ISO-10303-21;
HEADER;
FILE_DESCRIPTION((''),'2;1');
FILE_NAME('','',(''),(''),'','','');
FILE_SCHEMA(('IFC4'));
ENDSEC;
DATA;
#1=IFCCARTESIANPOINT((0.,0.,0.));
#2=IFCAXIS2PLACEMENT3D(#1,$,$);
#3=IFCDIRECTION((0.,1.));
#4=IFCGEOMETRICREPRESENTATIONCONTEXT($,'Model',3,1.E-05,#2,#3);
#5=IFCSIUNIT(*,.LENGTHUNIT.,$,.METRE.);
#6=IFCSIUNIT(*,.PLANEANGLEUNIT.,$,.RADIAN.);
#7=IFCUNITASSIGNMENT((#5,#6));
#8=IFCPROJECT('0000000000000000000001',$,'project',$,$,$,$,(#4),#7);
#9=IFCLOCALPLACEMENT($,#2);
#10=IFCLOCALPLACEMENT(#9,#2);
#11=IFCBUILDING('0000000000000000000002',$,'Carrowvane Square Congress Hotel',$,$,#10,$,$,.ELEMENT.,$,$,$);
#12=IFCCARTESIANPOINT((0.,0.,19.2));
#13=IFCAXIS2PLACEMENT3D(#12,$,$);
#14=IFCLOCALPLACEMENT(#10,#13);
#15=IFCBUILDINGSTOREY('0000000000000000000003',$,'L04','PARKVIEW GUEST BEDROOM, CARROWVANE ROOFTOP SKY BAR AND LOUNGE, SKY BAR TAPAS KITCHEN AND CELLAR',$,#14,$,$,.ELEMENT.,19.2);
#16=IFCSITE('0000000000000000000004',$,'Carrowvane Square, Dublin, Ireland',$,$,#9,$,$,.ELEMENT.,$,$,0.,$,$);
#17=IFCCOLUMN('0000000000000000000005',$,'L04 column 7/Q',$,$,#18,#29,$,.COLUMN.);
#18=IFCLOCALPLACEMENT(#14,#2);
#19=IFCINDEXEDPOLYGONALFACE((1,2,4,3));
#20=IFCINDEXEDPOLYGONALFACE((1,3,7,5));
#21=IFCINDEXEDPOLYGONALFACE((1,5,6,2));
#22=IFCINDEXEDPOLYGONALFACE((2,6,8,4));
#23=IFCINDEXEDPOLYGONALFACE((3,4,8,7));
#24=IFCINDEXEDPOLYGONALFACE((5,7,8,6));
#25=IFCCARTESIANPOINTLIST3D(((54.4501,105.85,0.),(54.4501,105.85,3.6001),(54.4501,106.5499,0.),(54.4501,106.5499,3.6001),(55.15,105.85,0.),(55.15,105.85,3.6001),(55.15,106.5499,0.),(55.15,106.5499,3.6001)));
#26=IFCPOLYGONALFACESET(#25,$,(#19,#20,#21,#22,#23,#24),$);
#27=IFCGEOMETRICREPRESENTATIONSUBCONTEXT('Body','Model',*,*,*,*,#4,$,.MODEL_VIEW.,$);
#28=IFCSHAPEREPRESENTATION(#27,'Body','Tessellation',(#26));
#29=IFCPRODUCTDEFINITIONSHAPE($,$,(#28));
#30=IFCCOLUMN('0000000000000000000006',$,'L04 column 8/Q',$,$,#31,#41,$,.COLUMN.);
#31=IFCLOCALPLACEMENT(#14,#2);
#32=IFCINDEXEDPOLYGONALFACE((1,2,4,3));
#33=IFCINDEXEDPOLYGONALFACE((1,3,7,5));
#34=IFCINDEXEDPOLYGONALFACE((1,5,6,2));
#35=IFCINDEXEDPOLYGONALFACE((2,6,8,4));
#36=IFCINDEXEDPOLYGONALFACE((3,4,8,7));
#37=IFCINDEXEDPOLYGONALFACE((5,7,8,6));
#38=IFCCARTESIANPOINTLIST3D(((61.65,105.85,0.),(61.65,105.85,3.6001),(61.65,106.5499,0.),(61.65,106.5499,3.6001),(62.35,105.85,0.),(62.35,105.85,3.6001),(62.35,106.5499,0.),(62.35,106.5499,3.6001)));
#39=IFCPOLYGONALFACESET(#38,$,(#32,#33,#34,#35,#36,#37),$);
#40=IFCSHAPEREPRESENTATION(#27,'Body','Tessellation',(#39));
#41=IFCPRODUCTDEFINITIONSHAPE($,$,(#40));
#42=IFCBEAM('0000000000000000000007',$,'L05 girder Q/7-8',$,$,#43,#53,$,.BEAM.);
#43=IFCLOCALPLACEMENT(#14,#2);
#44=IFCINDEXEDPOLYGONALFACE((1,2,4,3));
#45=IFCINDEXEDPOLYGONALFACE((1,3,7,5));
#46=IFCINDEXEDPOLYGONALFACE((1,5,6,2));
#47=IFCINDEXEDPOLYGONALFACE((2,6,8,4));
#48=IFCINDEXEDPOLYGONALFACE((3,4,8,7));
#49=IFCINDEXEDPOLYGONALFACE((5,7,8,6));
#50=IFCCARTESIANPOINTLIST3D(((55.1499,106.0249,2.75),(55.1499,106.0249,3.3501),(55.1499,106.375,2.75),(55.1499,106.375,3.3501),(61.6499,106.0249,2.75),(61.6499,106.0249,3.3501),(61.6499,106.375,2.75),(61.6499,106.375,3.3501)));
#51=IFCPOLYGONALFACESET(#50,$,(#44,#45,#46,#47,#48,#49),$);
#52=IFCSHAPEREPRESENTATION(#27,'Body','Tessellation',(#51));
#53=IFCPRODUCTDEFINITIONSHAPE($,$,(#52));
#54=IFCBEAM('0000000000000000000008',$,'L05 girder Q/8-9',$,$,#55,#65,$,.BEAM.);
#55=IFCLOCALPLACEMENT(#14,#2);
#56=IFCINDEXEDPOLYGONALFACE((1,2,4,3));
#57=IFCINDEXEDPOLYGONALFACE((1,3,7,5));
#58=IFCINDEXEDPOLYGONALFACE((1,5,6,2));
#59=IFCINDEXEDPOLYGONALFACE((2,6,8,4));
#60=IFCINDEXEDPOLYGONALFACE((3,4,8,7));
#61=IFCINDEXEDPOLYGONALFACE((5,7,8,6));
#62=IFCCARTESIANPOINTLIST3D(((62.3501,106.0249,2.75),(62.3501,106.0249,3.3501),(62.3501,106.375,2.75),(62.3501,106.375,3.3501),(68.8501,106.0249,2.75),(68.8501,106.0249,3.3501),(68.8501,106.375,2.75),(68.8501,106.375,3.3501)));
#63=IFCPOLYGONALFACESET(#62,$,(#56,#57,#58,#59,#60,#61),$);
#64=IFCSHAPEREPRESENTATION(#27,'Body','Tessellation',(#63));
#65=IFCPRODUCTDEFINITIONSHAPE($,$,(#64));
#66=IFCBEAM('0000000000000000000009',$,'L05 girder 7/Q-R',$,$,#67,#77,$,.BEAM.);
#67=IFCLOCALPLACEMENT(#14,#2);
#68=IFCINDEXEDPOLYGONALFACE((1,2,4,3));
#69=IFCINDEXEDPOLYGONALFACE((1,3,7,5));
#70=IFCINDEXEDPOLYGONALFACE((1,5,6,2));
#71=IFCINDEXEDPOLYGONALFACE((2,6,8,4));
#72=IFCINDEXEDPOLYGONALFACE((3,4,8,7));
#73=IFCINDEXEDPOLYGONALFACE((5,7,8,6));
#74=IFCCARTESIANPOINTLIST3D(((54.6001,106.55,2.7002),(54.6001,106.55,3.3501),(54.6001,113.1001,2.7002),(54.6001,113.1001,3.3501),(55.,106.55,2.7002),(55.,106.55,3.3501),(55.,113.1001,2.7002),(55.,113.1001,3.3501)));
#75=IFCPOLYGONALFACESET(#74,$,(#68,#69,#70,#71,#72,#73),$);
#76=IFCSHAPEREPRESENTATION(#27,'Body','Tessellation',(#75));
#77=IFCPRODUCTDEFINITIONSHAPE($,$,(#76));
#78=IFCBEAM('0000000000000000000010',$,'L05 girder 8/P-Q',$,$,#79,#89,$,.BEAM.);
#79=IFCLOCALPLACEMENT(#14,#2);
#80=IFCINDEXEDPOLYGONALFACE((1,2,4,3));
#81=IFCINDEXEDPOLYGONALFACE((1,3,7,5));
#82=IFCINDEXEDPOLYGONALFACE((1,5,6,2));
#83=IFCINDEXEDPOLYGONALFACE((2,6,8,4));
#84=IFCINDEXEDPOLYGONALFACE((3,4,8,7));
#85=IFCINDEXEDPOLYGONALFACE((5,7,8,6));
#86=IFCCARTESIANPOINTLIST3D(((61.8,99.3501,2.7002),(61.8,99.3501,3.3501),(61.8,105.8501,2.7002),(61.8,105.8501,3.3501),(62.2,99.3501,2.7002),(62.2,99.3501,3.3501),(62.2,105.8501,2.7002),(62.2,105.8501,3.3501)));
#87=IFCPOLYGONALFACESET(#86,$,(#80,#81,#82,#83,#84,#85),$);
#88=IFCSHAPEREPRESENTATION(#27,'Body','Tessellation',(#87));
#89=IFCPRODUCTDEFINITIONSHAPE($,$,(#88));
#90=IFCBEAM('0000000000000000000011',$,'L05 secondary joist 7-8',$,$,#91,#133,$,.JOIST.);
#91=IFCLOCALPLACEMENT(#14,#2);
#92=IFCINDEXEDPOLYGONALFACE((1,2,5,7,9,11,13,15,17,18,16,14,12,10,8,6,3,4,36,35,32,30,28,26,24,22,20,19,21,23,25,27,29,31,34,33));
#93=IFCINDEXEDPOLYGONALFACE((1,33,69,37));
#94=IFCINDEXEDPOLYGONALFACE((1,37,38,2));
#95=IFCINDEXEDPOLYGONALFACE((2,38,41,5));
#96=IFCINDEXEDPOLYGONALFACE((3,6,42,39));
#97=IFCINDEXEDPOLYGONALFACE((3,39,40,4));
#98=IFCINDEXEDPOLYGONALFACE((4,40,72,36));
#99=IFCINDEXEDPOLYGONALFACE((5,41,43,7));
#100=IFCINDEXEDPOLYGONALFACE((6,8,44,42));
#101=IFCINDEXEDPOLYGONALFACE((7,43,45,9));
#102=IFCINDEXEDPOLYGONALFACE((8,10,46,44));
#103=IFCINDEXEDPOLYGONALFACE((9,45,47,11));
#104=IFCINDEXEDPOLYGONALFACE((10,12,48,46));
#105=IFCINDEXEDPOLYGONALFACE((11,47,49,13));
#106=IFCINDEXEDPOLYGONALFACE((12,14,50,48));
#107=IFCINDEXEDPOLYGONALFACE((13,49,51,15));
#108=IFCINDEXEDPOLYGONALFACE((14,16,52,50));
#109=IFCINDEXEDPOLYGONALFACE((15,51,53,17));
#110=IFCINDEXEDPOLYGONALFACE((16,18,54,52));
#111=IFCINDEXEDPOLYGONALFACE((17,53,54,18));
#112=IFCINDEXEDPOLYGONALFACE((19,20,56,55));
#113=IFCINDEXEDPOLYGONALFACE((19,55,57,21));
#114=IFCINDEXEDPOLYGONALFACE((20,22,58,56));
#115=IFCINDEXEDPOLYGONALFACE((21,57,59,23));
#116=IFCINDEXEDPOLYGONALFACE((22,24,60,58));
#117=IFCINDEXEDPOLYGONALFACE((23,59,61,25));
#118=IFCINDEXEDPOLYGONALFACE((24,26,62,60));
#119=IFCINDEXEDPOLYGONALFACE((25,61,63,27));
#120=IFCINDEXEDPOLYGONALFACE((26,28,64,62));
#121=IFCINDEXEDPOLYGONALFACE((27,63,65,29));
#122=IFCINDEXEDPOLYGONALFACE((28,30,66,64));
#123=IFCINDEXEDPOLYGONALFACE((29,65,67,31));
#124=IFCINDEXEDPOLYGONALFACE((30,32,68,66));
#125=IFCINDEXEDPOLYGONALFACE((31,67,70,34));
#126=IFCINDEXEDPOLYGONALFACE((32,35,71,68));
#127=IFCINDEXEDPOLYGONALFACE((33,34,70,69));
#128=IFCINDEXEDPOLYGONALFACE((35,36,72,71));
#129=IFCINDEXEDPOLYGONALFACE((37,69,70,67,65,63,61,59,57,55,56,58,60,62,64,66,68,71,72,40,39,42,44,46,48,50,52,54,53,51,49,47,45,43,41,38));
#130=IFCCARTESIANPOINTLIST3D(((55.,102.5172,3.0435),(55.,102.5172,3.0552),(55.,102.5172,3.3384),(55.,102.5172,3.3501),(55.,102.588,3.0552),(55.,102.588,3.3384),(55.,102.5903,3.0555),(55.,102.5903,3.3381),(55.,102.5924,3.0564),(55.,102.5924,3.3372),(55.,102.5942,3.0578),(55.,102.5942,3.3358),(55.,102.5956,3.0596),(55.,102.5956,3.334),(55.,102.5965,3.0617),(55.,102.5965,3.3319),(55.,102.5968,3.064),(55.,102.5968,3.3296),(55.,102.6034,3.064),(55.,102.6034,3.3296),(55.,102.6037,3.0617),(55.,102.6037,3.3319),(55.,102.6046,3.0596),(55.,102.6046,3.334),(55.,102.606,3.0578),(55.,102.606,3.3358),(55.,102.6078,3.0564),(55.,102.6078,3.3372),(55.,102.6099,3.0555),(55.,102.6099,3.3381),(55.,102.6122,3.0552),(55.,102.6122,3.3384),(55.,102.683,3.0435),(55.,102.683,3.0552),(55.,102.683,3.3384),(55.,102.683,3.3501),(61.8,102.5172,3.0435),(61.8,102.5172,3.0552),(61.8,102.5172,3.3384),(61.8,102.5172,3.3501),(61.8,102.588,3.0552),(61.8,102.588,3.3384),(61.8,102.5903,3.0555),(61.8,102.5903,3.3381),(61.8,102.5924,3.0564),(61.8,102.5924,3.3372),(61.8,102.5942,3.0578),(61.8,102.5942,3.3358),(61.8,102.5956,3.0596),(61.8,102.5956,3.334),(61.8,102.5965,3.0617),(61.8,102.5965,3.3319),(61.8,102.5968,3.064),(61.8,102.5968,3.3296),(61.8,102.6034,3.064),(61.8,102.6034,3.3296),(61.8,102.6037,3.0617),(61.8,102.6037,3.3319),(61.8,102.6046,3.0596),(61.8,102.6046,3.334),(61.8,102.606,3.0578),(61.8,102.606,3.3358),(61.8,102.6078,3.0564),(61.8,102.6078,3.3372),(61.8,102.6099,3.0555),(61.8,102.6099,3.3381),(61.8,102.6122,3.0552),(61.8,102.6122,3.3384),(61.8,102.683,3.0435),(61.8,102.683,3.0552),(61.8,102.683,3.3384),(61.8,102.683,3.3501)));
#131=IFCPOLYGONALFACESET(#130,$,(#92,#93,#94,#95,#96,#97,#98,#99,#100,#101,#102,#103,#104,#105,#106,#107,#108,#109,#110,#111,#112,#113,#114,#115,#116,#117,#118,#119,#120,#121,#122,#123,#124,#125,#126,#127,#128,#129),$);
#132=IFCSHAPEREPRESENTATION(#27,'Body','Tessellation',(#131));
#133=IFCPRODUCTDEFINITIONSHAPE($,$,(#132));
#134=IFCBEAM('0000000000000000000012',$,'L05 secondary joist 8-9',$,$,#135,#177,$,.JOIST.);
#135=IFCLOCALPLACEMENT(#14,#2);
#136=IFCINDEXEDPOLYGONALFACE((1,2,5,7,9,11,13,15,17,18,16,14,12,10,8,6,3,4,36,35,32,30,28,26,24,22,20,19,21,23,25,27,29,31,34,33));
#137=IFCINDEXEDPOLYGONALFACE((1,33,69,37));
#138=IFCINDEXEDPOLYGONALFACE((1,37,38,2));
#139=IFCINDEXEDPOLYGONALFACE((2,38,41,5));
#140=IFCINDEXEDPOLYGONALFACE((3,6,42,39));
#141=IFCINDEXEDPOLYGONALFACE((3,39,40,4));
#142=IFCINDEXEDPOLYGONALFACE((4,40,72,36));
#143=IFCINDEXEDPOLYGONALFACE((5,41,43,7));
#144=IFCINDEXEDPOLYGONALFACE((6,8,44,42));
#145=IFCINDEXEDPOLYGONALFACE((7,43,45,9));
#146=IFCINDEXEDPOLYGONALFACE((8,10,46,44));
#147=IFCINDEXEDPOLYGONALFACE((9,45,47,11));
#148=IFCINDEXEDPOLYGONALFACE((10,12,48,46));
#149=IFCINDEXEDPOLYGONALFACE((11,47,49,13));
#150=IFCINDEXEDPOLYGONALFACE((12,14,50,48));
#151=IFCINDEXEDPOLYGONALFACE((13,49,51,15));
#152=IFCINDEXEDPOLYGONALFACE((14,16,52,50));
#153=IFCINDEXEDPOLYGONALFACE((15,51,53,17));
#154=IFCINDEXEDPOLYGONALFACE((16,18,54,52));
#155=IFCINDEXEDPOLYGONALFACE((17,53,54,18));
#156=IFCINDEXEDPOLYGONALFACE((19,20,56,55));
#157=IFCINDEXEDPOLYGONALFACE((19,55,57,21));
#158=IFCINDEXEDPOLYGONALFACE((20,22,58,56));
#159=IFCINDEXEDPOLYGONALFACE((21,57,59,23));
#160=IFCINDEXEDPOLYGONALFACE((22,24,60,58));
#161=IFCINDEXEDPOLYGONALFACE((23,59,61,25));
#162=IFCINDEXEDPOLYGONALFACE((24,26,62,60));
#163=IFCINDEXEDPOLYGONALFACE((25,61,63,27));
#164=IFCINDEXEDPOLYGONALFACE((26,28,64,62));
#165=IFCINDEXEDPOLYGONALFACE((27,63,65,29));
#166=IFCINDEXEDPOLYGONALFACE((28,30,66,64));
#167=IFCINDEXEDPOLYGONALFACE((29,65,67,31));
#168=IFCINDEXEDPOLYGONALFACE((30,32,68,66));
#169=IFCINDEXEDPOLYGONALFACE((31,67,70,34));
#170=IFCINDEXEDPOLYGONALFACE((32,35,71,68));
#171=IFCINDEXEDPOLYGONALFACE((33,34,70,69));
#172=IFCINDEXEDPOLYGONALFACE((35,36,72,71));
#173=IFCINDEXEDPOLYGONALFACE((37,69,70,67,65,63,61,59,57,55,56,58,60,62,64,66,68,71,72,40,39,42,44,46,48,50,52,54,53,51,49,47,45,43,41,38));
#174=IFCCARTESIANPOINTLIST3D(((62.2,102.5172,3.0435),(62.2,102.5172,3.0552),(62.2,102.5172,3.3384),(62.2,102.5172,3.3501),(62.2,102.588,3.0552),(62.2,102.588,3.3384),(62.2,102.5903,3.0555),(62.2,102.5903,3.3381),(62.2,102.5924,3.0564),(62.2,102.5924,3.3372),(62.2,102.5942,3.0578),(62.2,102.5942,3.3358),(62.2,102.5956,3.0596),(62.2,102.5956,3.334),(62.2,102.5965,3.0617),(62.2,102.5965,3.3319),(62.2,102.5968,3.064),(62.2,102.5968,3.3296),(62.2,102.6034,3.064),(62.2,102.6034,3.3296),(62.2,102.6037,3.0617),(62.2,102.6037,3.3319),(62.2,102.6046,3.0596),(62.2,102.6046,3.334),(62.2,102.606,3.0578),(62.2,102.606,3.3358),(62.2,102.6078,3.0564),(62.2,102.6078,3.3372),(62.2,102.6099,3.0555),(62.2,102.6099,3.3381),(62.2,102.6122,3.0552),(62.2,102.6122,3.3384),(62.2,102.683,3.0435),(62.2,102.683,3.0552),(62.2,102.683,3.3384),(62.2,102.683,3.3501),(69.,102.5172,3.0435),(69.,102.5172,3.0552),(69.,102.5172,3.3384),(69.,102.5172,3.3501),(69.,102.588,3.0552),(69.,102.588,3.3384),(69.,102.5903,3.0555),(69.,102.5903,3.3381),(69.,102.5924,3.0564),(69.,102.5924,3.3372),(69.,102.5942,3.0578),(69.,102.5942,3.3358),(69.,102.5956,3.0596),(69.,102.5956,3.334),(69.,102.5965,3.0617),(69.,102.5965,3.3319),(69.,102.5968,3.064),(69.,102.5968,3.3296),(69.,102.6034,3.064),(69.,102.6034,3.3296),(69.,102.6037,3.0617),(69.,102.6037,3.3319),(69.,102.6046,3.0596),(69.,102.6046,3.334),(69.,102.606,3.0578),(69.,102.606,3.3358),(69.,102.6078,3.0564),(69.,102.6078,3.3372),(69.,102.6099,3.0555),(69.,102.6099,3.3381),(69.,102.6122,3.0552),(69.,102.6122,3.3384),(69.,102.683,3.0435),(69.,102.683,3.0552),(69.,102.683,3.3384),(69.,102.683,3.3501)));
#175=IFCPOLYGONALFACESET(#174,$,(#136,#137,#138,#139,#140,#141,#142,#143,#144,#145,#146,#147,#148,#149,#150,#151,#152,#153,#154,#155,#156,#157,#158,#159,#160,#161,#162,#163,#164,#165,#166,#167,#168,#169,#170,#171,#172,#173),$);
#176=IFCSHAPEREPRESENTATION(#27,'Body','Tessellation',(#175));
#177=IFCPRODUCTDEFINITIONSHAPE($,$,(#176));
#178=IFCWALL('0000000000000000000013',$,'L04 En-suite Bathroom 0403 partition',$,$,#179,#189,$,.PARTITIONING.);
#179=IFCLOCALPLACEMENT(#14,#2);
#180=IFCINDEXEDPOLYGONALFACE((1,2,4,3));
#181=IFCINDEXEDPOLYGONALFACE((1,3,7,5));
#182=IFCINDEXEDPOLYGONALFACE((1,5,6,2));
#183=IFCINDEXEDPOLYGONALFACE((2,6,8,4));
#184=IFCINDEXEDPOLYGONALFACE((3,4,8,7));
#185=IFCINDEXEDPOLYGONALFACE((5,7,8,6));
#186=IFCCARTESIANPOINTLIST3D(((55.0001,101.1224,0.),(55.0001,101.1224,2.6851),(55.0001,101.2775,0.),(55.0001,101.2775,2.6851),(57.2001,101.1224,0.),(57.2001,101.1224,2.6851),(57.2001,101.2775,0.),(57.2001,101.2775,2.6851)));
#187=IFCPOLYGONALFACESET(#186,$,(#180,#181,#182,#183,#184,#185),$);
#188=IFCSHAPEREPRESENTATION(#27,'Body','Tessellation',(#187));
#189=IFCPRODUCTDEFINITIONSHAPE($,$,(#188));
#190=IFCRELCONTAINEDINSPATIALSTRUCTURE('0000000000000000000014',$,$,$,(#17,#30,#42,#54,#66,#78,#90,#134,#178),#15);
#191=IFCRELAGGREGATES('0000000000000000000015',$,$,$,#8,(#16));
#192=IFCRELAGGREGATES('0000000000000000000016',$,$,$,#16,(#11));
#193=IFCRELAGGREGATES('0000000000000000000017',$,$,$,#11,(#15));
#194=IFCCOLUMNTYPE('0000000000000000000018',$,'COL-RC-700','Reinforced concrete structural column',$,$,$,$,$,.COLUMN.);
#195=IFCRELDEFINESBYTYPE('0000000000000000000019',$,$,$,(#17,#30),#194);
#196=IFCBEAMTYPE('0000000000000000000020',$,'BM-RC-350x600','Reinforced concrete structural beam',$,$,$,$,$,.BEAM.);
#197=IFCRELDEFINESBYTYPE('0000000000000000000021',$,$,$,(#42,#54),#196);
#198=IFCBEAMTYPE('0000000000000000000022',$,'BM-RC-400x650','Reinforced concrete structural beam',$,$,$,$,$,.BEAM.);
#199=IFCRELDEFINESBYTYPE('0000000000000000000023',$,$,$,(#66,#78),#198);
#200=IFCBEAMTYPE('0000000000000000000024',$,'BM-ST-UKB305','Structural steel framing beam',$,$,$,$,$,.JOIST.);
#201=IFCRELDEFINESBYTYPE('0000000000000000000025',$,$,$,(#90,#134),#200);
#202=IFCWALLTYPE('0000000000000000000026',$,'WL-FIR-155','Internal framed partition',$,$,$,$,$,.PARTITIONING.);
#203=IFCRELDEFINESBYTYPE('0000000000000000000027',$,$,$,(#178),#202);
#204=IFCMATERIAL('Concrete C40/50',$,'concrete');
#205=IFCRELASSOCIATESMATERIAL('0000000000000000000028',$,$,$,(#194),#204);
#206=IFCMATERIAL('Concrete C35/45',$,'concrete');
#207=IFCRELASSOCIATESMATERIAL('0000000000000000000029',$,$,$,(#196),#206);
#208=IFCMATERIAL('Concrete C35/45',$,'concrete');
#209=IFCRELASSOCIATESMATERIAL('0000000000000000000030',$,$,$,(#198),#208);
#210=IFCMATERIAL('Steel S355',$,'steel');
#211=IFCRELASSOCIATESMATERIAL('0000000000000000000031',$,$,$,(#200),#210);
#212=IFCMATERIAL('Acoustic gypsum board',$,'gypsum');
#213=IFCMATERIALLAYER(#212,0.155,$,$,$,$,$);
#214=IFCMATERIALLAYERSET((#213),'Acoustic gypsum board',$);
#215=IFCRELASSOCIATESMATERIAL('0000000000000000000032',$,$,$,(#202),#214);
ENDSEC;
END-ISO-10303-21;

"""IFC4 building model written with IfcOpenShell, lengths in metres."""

from ifc_helpers import new_model, si_unit, direction, frame, frame_2d, origin, origin_2d, place, context, subcontext, project, spatial, rectangle, i_section, extrude, material, layer, layer_set, material_profile, profile_set, type_object, element, save


model = new_model("IFC4")

# Units and contexts
model_context = context("Model", 3, precision=1e-05, world=origin(), true_north=direction((0.0, 1.0)))
body_context = subcontext(model_context, "Body", "Model", "MODEL_VIEW")
ifc_project = project(units=[si_unit("LENGTHUNIT", "METRE"), si_unit("PLANEANGLEUNIT", "RADIAN")], contexts=[model_context])

# Site, building, storey
site_placement = place(None, origin())
site = spatial("IfcSite", under=ifc_project, at=site_placement, Name="Carrowvane Square, Dublin, Ireland", CompositionType="ELEMENT", RefElevation=0.0)
building_placement = place(site_placement, origin())
building = spatial("IfcBuilding", under=site, at=building_placement, Name="Carrowvane Square Congress Hotel", CompositionType="ELEMENT")
storey_placement = place(building_placement, frame((0.0, 0.0, 19.2)))
storey = spatial("IfcBuildingStorey", under=building, at=storey_placement, Name="L04", Description="PARKVIEW GUEST BEDROOM, CARROWVANE ROOFTOP SKY BAR AND LOUNGE, SKY BAR TAPAS KITCHEN AND CELLAR", CompositionType="ELEMENT", Elevation=19.2)

# Columns
ifc_material_1 = material(Name="Concrete C40/50", Category="concrete")
ifc_material_profile_1 = material_profile(ifc_material_1, rectangle(XDim=0.7, YDim=0.7, at=origin_2d()), Name="RC 700x700")
ifc_profile_set_1 = profile_set([ifc_material_profile_1], Name="Concrete C40/50")
column_type = type_object("IfcColumnType", Name="COL-RC-700", Description="Reinforced concrete structural column", PredefinedType="COLUMN", material=ifc_profile_set_1)
for number, where, z_axis, x_axis, name in (
    (1, (54.8, 106.2, 0.0), (0.0, 0.0, 1.0), (1.0, 0.0, 0.0), "L04 column 7/Q"),
    (2, (62.0, 106.2, 0.0), (0.0, 0.0, 1.0), (1.0, 0.0, 0.0), "L04 column 8/Q"),
):
    element("IfcColumn", number, at=place(storey_placement, frame(where, z_axis=z_axis, x_axis=x_axis)), inside=storey, type_object=column_type, Name=name, PredefinedType="COLUMN", context=body_context, shape_type="SweptSolid", body=[
        extrude(rectangle(XDim=0.7, YDim=0.7, at=origin_2d()), origin(), (0.0, 0.0, 1.0), 3.6001),
    ])

# Beams
ifc_material_2 = material(Name="Concrete C35/45", Category="concrete")
ifc_material_profile_2 = material_profile(ifc_material_2, rectangle(XDim=0.3501, YDim=0.6001, at=origin_2d()), Name="RC 350x600")
ifc_profile_set_2 = profile_set([ifc_material_profile_2], Name="Concrete C35/45")
beam_type_1 = type_object("IfcBeamType", Name="BM-RC-350x600", Description="Reinforced concrete structural beam", PredefinedType="BEAM", material=ifc_profile_set_2)
for number, where, z_axis, x_axis, name in (
    (3, (55.1499, 106.2, 3.05), (1.0, 0.0, 0.0), (0.0, 1.0, 0.0), "L05 girder Q/7-8"),
    (4, (62.3501, 106.2, 3.05), (1.0, 0.0, 0.0), (0.0, 1.0, 0.0), "L05 girder Q/8-9"),
):
    element("IfcBeam", number, at=place(storey_placement, frame(where, z_axis=z_axis, x_axis=x_axis)), inside=storey, type_object=beam_type_1, Name=name, PredefinedType="BEAM", context=body_context, shape_type="SweptSolid", body=[
        extrude(rectangle(XDim=0.3501, YDim=0.6001, at=origin_2d()), origin(), (0.0, 0.0, 1.0), 6.5),
    ])
ifc_material_3 = material(Name="Concrete C35/45", Category="concrete")
ifc_material_profile_3 = material_profile(ifc_material_3, rectangle(XDim=0.3999, YDim=0.6499, at=origin_2d()), Name="RC 400x650")
ifc_profile_set_3 = profile_set([ifc_material_profile_3], Name="Concrete C35/45")
beam_type_2 = type_object("IfcBeamType", Name="BM-RC-400x650", Description="Reinforced concrete structural beam", PredefinedType="BEAM", material=ifc_profile_set_3)
beam_1_placement = place(storey_placement, frame((54.8, 106.55, 3.0251), z_axis=(0.0, 1.0, 0.0), x_axis=(-1.0, 0.0, 0.0)))
element("IfcBeam", 5, at=beam_1_placement, inside=storey, type_object=beam_type_2, Name="L05 girder 7/Q-R", PredefinedType="BEAM", context=body_context, shape_type="SweptSolid", body=[
    extrude(rectangle(XDim=0.3999, YDim=0.6499, at=origin_2d()), origin(), (0.0, 0.0, 1.0), 6.55),
])
beam_2_placement = place(storey_placement, frame((62.0, 99.3501, 3.0251), z_axis=(0.0, 1.0, 0.0), x_axis=(-1.0, 0.0, 0.0)))
element("IfcBeam", 6, at=beam_2_placement, inside=storey, type_object=beam_type_2, Name="L05 girder 8/P-Q", PredefinedType="BEAM", context=body_context, shape_type="SweptSolid", body=[
    extrude(rectangle(XDim=0.3999, YDim=0.6499, at=origin_2d()), origin(), (0.0, 0.0, 1.0), 6.5),
])
ifc_material_4 = material(Name="Steel S355", Category="steel")
ifc_material_profile_4 = material_profile(ifc_material_4, i_section(OverallWidth=0.1658, OverallDepth=0.3066, WebThickness=0.0066, FlangeThickness=0.0117, FilletRadius=0.0088, at=origin_2d()), Name="UKB 305x165x46")
ifc_profile_set_4 = profile_set([ifc_material_profile_4], Name="Steel S355")
beam_type_3 = type_object("IfcBeamType", Name="BM-ST-UKB305", Description="Structural steel framing beam", PredefinedType="JOIST", material=ifc_profile_set_4)
for number, where, z_axis, x_axis, name in (
    (7, (55.0, 102.6001, 3.1968), (1.0, 0.0, 0.0), (0.0, 1.0, 0.0), "L05 secondary joist 7-8"),
    (8, (62.2, 102.6001, 3.1968), (1.0, 0.0, 0.0), (0.0, 1.0, 0.0), "L05 secondary joist 8-9"),
):
    element("IfcBeam", number, at=place(storey_placement, frame(where, z_axis=z_axis, x_axis=x_axis)), inside=storey, type_object=beam_type_3, Name=name, PredefinedType="JOIST", context=body_context, shape_type="SweptSolid", body=[
        extrude(i_section(OverallWidth=0.1658, OverallDepth=0.3066, WebThickness=0.0066, FlangeThickness=0.0117, FilletRadius=0.0088, at=origin_2d()), origin(), (0.0, 0.0, 1.0), 6.8),
    ])

# Wall
ifc_material_5 = material(Name="Acoustic gypsum board", Category="gypsum")
ifc_layer_1 = layer(ifc_material_5, 0.155)
ifc_layer_set_1 = layer_set([ifc_layer_1], Name="Acoustic gypsum board")
wall_type_1 = type_object("IfcWallType", Name="WL-FIR-155", Description="Internal framed partition", PredefinedType="PARTITIONING", material=ifc_layer_set_1)
wall_1_placement = place(storey_placement, frame((55.0, 101.2, 0.0), z_axis=(0.0, 0.0, 1.0), x_axis=(1.0, 0.0, 0.0)))
element("IfcWall", 9, at=wall_1_placement, inside=storey, type_object=wall_type_1, Name="L04 En-suite Bathroom 0403 partition", PredefinedType="PARTITIONING", context=body_context, shape_type="SweptSolid", body=[
    extrude(rectangle(XDim=2.2, YDim=0.155, at=frame_2d((1.1001, 0.0))), origin(), (0.0, 0.0, 1.0), 2.6851),
])

save(model, "model.ifc")
